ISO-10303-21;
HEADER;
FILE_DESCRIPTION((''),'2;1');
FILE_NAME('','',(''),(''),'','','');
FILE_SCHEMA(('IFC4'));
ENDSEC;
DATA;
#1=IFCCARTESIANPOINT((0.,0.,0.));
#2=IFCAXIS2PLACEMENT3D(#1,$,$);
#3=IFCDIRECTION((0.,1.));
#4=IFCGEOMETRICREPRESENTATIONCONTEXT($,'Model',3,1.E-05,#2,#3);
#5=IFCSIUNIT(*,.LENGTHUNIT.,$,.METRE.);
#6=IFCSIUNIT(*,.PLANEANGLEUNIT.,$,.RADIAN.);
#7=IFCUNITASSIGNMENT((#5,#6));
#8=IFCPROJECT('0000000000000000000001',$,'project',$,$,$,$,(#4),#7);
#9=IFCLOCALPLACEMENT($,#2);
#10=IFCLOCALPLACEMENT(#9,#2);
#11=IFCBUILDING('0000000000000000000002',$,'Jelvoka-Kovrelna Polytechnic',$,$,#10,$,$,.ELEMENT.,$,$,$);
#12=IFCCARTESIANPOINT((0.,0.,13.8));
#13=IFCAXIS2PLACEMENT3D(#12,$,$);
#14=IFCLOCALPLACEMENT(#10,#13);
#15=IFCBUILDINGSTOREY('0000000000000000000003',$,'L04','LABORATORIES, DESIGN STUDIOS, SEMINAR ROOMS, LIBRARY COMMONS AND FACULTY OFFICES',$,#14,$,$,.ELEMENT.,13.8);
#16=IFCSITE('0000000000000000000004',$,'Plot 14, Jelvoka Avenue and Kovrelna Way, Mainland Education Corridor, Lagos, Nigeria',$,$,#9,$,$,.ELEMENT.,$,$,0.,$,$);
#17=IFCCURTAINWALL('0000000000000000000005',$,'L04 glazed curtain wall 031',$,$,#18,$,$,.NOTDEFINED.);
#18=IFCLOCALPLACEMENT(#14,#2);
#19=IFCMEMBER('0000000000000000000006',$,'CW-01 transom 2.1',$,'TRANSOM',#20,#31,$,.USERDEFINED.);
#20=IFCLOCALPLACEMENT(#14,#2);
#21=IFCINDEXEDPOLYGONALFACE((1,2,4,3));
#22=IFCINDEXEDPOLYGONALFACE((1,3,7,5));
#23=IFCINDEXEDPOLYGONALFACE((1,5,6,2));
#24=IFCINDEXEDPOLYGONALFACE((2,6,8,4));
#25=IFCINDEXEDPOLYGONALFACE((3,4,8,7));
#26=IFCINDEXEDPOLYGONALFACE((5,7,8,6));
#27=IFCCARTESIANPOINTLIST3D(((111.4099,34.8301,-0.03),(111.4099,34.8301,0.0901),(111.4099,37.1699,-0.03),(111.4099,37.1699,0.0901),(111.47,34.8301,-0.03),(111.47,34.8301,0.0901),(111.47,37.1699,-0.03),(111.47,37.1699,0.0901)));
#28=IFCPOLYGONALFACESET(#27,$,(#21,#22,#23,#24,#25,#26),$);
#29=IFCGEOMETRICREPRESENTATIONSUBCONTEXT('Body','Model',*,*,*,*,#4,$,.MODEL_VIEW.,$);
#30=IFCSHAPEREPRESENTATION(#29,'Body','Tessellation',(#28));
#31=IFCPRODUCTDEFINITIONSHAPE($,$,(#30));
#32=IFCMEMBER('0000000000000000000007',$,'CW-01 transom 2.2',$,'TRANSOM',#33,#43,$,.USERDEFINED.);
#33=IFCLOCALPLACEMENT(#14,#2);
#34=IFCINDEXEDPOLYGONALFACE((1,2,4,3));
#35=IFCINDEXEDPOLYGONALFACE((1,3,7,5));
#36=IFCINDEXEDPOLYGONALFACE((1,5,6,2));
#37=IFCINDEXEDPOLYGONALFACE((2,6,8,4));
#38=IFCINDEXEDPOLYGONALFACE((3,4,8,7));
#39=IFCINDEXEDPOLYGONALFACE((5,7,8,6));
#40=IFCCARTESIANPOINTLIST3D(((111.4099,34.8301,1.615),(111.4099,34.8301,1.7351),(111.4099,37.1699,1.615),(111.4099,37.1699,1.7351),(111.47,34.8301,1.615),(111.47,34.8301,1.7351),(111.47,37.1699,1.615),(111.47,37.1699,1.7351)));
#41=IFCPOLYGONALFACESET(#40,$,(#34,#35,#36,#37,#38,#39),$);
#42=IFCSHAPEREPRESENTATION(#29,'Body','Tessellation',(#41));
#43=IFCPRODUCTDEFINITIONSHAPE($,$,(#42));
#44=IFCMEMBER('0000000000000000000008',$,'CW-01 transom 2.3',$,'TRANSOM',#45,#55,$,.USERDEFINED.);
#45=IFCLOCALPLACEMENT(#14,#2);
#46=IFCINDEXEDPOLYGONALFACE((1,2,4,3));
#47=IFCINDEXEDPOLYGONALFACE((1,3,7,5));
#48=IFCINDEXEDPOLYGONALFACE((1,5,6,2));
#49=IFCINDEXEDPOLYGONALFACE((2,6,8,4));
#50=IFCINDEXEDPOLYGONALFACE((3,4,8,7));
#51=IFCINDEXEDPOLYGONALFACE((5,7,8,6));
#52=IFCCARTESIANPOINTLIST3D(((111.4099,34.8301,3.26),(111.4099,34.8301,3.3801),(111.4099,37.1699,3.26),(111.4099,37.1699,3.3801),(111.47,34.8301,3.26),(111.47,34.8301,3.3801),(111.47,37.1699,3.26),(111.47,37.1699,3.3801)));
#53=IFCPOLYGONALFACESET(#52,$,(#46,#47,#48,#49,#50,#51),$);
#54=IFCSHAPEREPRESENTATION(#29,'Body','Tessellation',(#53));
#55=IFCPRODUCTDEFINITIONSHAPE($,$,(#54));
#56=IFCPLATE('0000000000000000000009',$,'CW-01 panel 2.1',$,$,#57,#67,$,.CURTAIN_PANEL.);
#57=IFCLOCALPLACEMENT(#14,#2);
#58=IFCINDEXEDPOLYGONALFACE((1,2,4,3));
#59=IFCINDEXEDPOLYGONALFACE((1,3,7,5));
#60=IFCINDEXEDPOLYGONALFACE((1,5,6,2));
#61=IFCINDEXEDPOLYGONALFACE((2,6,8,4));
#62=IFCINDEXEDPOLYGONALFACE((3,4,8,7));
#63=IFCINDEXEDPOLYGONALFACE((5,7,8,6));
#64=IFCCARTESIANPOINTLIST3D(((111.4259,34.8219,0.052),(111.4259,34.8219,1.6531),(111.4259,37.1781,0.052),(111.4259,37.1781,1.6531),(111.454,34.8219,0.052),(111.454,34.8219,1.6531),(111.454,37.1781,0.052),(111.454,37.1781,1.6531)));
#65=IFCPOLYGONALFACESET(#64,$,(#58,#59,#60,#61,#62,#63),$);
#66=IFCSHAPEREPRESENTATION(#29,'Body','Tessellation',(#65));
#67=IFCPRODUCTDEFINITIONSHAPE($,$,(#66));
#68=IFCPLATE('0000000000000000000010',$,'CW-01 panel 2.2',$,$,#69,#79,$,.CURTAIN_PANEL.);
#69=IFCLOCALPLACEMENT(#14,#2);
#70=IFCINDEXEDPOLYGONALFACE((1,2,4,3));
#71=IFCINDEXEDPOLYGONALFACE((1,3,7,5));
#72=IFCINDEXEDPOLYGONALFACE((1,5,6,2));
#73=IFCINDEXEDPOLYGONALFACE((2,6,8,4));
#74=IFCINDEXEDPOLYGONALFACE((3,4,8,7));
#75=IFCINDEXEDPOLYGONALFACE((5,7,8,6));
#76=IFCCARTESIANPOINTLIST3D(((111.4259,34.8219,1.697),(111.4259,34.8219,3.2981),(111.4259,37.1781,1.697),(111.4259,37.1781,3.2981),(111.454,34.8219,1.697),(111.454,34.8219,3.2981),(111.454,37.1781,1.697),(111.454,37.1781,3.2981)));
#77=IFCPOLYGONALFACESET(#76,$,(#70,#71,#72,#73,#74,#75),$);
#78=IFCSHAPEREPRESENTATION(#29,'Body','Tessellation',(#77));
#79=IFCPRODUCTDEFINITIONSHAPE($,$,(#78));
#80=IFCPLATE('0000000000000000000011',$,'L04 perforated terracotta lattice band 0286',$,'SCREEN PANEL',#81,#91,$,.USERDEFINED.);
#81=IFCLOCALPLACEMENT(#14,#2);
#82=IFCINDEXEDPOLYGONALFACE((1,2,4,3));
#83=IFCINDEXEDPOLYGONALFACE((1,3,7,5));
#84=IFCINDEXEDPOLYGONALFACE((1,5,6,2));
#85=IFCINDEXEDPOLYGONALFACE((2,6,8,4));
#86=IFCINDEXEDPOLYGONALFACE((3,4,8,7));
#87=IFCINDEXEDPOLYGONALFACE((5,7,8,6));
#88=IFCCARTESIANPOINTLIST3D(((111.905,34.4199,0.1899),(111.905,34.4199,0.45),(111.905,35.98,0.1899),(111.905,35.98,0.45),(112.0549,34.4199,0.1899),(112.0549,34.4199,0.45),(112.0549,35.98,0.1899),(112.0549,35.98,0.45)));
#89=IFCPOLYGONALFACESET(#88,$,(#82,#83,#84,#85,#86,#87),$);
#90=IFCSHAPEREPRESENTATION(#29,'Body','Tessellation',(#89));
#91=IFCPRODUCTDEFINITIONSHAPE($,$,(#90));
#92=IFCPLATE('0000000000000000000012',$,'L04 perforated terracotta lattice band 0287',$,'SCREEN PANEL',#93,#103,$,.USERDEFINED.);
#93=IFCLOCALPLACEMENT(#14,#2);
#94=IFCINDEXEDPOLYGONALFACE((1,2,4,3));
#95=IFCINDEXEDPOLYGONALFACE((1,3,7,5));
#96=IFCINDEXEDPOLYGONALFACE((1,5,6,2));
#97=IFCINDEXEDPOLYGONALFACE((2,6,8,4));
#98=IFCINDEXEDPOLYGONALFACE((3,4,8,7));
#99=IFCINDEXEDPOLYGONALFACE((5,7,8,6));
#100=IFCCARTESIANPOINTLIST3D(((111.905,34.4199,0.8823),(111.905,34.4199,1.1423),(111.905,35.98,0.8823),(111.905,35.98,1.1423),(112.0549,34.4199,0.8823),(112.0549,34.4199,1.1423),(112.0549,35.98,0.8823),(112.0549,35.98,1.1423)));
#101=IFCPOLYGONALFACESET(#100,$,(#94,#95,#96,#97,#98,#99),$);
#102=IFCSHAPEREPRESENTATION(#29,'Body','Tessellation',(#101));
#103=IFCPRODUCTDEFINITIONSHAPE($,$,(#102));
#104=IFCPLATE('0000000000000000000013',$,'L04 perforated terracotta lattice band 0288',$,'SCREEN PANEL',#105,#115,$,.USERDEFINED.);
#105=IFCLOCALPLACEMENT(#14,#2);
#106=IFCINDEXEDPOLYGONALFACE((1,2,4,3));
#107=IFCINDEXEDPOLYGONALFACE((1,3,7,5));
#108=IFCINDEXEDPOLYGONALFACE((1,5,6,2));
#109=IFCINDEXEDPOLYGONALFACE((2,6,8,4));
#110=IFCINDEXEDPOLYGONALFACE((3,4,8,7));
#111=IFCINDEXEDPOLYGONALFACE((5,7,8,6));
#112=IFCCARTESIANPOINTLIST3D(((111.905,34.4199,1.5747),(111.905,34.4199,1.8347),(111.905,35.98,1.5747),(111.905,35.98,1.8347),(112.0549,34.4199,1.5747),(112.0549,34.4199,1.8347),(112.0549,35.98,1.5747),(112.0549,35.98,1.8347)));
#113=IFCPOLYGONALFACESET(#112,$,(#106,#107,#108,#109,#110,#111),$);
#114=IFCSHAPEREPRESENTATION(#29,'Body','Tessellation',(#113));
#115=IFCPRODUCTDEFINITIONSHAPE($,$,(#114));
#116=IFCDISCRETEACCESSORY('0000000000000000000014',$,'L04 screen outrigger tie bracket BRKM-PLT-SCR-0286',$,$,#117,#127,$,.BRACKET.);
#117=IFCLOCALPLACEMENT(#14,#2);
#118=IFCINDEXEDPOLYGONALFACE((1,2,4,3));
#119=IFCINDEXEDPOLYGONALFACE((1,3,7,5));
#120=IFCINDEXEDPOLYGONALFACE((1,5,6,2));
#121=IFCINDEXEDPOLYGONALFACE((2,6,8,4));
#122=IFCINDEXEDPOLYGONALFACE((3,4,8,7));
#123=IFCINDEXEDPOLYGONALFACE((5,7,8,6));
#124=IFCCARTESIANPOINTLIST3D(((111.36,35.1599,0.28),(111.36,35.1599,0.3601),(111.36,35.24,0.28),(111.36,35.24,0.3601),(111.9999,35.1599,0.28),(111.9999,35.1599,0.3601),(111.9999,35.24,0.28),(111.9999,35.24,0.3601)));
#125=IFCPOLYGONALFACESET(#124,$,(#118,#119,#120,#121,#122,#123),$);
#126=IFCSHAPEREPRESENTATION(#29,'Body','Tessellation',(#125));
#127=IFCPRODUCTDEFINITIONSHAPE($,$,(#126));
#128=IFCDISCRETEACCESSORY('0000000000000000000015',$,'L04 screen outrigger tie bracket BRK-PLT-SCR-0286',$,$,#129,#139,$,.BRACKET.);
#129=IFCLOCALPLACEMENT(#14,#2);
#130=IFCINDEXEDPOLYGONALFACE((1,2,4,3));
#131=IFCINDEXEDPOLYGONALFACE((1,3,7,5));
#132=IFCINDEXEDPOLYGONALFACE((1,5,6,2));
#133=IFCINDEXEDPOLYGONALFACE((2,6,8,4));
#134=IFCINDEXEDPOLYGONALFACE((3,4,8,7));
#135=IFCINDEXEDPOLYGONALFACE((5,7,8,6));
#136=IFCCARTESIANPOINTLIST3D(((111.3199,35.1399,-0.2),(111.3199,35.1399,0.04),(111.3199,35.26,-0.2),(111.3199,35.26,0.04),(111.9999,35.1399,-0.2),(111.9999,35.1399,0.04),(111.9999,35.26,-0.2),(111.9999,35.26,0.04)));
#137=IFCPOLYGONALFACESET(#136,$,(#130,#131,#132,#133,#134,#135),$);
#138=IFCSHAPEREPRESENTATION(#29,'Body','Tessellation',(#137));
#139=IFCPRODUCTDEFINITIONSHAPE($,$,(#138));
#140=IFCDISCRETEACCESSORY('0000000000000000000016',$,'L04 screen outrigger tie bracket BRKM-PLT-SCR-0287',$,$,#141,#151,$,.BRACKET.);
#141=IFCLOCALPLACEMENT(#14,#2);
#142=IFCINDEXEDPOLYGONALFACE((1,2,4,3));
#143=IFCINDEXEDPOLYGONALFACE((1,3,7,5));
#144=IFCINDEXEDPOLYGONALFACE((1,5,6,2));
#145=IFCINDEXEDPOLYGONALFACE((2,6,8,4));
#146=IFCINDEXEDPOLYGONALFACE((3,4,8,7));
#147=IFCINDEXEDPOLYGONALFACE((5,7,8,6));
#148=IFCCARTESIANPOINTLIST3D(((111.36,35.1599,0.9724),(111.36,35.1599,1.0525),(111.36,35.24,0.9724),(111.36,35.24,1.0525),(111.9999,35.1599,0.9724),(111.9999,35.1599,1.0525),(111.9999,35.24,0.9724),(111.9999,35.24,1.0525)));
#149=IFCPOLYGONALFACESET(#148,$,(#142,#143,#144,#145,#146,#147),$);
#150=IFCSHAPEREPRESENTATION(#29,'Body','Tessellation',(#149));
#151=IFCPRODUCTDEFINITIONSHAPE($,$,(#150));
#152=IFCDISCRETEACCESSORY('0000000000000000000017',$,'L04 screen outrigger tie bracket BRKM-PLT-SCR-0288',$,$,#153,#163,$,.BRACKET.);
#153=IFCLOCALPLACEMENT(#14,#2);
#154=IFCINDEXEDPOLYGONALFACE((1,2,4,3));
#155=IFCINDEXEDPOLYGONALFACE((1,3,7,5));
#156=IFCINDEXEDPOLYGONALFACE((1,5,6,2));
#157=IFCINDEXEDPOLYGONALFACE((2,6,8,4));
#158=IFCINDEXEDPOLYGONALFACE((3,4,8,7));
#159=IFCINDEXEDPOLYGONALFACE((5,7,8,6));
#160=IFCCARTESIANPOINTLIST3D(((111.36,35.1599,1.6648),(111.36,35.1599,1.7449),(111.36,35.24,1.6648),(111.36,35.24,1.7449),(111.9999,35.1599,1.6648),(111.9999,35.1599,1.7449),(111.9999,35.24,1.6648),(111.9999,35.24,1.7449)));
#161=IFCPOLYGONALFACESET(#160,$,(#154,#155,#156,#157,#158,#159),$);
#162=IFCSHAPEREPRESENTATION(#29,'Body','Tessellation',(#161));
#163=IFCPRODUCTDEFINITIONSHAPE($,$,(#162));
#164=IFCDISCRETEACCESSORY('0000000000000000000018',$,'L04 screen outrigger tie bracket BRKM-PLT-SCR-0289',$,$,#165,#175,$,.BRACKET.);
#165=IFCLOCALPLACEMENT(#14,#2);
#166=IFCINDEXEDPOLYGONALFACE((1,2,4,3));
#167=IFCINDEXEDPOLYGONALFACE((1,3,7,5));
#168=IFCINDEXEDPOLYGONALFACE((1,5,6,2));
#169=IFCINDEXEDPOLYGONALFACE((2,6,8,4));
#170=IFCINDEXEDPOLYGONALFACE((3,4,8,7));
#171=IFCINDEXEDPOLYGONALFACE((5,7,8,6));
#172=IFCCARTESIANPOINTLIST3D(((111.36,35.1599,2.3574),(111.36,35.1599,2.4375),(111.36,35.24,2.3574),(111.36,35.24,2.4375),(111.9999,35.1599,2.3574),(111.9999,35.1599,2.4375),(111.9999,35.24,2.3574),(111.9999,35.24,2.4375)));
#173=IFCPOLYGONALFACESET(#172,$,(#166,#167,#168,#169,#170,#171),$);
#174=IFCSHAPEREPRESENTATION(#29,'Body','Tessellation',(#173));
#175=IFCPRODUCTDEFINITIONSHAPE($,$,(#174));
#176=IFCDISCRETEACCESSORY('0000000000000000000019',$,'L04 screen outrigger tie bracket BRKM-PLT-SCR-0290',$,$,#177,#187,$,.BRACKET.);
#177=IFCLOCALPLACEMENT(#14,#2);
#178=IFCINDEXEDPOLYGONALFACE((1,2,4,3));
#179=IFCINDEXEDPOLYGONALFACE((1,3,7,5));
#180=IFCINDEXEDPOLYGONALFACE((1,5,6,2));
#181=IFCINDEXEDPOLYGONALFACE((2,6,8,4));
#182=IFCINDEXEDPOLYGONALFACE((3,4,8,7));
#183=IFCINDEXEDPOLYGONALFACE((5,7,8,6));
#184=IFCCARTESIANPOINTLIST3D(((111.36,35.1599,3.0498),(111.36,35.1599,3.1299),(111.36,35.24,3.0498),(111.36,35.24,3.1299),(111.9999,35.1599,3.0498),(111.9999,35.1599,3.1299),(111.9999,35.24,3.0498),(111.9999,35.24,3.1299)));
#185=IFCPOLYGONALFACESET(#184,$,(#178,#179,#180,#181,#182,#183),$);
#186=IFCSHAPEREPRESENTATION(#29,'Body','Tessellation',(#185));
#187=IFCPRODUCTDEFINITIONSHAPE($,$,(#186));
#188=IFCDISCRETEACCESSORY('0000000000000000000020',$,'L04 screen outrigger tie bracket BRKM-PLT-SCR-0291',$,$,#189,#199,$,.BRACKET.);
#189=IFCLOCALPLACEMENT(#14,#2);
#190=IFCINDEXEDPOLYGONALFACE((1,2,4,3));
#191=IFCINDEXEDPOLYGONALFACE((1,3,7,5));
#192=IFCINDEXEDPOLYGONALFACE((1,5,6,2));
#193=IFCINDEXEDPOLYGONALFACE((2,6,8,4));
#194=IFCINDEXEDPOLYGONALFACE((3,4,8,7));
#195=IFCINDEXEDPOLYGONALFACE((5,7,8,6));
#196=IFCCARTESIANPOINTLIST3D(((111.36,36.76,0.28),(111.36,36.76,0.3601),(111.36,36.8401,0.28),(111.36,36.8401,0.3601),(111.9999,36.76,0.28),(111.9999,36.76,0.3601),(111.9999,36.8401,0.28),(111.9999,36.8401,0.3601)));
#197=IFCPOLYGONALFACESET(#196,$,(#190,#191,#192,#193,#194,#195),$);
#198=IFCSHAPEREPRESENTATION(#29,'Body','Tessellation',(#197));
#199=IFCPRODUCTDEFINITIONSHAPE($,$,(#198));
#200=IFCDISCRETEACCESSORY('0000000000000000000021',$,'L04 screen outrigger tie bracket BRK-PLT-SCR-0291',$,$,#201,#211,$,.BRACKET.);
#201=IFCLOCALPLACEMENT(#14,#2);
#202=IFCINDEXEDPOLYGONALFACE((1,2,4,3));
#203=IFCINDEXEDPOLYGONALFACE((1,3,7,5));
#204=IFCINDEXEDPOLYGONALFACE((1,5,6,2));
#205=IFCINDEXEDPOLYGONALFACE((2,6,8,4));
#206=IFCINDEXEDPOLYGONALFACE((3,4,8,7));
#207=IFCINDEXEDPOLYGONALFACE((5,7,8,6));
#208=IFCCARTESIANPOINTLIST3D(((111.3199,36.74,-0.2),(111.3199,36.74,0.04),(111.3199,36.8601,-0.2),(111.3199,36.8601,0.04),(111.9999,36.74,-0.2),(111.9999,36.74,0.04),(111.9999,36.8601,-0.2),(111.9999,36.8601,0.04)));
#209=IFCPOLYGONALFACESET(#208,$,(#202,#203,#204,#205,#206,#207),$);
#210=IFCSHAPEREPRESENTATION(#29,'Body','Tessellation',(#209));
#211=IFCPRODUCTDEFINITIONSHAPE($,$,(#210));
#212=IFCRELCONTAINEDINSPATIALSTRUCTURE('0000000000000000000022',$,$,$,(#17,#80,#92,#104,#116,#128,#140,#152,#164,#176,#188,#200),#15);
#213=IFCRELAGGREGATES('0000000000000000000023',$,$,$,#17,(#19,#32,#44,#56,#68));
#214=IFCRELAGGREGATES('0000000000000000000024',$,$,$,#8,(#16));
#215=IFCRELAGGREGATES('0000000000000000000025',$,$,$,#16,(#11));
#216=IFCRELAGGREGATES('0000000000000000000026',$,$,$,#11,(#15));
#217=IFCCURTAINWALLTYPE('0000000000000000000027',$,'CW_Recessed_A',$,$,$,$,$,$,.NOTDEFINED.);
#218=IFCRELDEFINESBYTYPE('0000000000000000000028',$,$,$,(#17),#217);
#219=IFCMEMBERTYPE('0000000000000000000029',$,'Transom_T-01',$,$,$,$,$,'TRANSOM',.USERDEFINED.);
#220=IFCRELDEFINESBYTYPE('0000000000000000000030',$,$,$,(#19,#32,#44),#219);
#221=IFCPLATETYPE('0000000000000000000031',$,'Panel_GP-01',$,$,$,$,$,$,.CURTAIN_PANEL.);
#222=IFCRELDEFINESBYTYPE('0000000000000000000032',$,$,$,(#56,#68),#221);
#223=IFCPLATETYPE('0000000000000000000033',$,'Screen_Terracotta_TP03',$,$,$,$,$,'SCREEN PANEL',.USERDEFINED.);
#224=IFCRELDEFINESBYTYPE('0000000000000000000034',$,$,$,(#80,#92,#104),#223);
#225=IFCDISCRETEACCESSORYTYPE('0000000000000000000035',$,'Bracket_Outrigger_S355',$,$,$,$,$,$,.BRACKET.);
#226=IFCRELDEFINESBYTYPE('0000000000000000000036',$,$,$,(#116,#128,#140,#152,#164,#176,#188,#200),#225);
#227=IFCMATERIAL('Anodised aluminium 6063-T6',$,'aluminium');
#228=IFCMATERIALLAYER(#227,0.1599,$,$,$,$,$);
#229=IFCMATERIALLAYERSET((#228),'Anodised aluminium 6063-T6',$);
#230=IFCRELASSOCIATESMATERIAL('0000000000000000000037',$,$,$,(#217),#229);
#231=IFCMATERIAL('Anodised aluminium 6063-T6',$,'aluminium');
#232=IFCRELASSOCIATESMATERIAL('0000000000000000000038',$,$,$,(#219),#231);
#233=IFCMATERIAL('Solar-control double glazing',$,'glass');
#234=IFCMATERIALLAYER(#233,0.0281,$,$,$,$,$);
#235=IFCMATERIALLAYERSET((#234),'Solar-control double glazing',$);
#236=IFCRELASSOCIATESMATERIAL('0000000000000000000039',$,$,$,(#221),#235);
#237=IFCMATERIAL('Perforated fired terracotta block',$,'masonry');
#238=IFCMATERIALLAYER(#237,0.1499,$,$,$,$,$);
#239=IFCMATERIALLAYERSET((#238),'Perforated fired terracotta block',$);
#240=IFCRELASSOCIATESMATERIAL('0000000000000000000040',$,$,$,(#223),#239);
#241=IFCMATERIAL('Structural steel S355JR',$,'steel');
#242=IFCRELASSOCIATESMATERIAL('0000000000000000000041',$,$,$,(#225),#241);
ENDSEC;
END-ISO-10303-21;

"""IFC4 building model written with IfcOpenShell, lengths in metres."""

from ifc_helpers import new_model, si_unit, direction, frame, origin, origin_2d, place, context, subcontext, project, spatial, rectangle, extrude, material, layer, layer_set, material_profile, profile_set, type_object, element, aggregate, save


model = new_model("IFC4")

# Units and contexts
model_context = context("Model", 3, precision=1e-05, world=origin(), true_north=direction((0.0, 1.0)))
body_context = subcontext(model_context, "Body", "Model", "MODEL_VIEW")
ifc_project = project(units=[si_unit("LENGTHUNIT", "METRE"), si_unit("PLANEANGLEUNIT", "RADIAN")], contexts=[model_context])

# Site, building, storey
site_placement = place(None, origin())
site = spatial("IfcSite", under=ifc_project, at=site_placement, Name="Plot 14, Jelvoka Avenue and Kovrelna Way, Mainland Education Corridor, Lagos, Nigeria", CompositionType="ELEMENT", RefElevation=0.0)
building_placement = place(site_placement, origin())
building = spatial("IfcBuilding", under=site, at=building_placement, Name="Jelvoka-Kovrelna Polytechnic", CompositionType="ELEMENT")
storey_placement = place(building_placement, frame((0.0, 0.0, 13.8)))
storey = spatial("IfcBuildingStorey", under=building, at=storey_placement, Name="L04", Description="LABORATORIES, DESIGN STUDIOS, SEMINAR ROOMS, LIBRARY COMMONS AND FACULTY OFFICES", CompositionType="ELEMENT", Elevation=13.8)

# Curtain wall, members, plates
ifc_material_1 = material(Name="Anodised aluminium 6063-T6", Category="aluminium")
ifc_layer_1 = layer(ifc_material_1, 0.1599)
ifc_layer_set_1 = layer_set([ifc_layer_1], Name="Anodised aluminium 6063-T6")
curtain_wall_type = type_object("IfcCurtainWallType", Name="CW_Recessed_A", PredefinedType="NOTDEFINED", material=ifc_layer_set_1)
curtain_wall_placement = place(storey_placement, origin())
curtain_wall = element("IfcCurtainWall", 1, at=curtain_wall_placement, inside=storey, type_object=curtain_wall_type, Name="L04 glazed curtain wall 031", PredefinedType="NOTDEFINED")
ifc_material_2 = material(Name="Anodised aluminium 6063-T6", Category="aluminium")
ifc_material_profile_1 = material_profile(ifc_material_2, rectangle(XDim=0.0601, YDim=0.1201, at=origin_2d()), Name="ALU 60x120")
ifc_profile_set_1 = profile_set([ifc_material_profile_1], Name="Anodised aluminium 6063-T6")
member_type_1 = type_object("IfcMemberType", Name="Transom_T-01", ElementType="TRANSOM", PredefinedType="USERDEFINED", material=ifc_profile_set_1)
member_1_placement = place(storey_placement, frame((111.4399, 37.1699, 0.03), z_axis=(0.0, -1.0, 0.0), x_axis=(1.0, 0.0, 0.0)))
member_1 = element("IfcMember", 2, at=member_1_placement, type_object=member_type_1, Name="CW-01 transom 2.1", ObjectType="TRANSOM", PredefinedType="USERDEFINED", context=body_context, shape_type="SweptSolid", body=[
    extrude(rectangle(XDim=0.0601, YDim=0.1201, at=origin_2d()), origin(), (0.0, 0.0, 1.0), 2.3398),
])
member_2_placement = place(storey_placement, frame((111.4399, 37.1699, 1.675), z_axis=(0.0, -1.0, 0.0), x_axis=(1.0, 0.0, 0.0)))
member_2 = element("IfcMember", 3, at=member_2_placement, type_object=member_type_1, Name="CW-01 transom 2.2", ObjectType="TRANSOM", PredefinedType="USERDEFINED", context=body_context, shape_type="SweptSolid", body=[
    extrude(rectangle(XDim=0.0601, YDim=0.1201, at=origin_2d()), origin(), (0.0, 0.0, 1.0), 2.3398),
])
member_3_placement = place(storey_placement, frame((111.4399, 37.1699, 3.3201), z_axis=(0.0, -1.0, 0.0), x_axis=(1.0, 0.0, 0.0)))
member_3 = element("IfcMember", 4, at=member_3_placement, type_object=member_type_1, Name="CW-01 transom 2.3", ObjectType="TRANSOM", PredefinedType="USERDEFINED", context=body_context, shape_type="SweptSolid", body=[
    extrude(rectangle(XDim=0.0601, YDim=0.1201, at=origin_2d()), origin(), (0.0, 0.0, 1.0), 2.3398),
])
ifc_material_3 = material(Name="Solar-control double glazing", Category="glass")
ifc_layer_2 = layer(ifc_material_3, 0.0281)
ifc_layer_set_2 = layer_set([ifc_layer_2], Name="Solar-control double glazing")
plate_type_1 = type_object("IfcPlateType", Name="Panel_GP-01", PredefinedType="CURTAIN_PANEL", material=ifc_layer_set_2)
plate_1_placement = place(storey_placement, frame((111.4399, 36.0, 0.052), z_axis=(0.0, 0.0, 1.0), x_axis=(0.0, -1.0, 0.0)))
plate_1 = element("IfcPlate", 5, at=plate_1_placement, type_object=plate_type_1, Name="CW-01 panel 2.1", PredefinedType="CURTAIN_PANEL", context=body_context, shape_type="SweptSolid", body=[
    extrude(rectangle(XDim=2.3562, YDim=0.0281, at=origin_2d()), origin(), (0.0, 0.0, 1.0), 1.6011),
])
plate_2_placement = place(storey_placement, frame((111.4399, 36.0, 1.697), z_axis=(0.0, 0.0, 1.0), x_axis=(0.0, -1.0, 0.0)))
plate_2 = element("IfcPlate", 6, at=plate_2_placement, type_object=plate_type_1, Name="CW-01 panel 2.2", PredefinedType="CURTAIN_PANEL", context=body_context, shape_type="SweptSolid", body=[
    extrude(rectangle(XDim=2.3562, YDim=0.0281, at=origin_2d()), origin(), (0.0, 0.0, 1.0), 1.6011),
])
aggregate(curtain_wall, [member_1, member_2, member_3, plate_1, plate_2])

# Plates
ifc_material_4 = material(Name="Perforated fired terracotta block", Category="masonry")
ifc_layer_3 = layer(ifc_material_4, 0.1499)
ifc_layer_set_3 = layer_set([ifc_layer_3], Name="Perforated fired terracotta block")
plate_type_2 = type_object("IfcPlateType", Name="Screen_Terracotta_TP03", ElementType="SCREEN PANEL", PredefinedType="USERDEFINED", material=ifc_layer_set_3)
for number, where, z_axis, x_axis, name in (
    (7, (111.98, 35.2, 0.1899), (0.0, 0.0, 1.0), (0.0, 1.0, 0.0), "L04 perforated terracotta lattice band 0286"),
    (8, (111.98, 35.2, 0.8823), (0.0, 0.0, 1.0), (0.0, 1.0, 0.0), "L04 perforated terracotta lattice band 0287"),
    (9, (111.98, 35.2, 1.5747), (0.0, 0.0, 1.0), (0.0, 1.0, 0.0), "L04 perforated terracotta lattice band 0288"),
):
    element("IfcPlate", number, at=place(storey_placement, frame(where, z_axis=z_axis, x_axis=x_axis)), inside=storey, type_object=plate_type_2, Name=name, ObjectType="SCREEN PANEL", PredefinedType="USERDEFINED", context=body_context, shape_type="SweptSolid", body=[
        extrude(rectangle(XDim=1.5601, YDim=0.1499, at=origin_2d()), origin(), (0.0, 0.0, 1.0), 0.26),
    ])

# Discrete accessories
ifc_material_5 = material(Name="Structural steel S355JR", Category="steel")
discrete_accessory_type = type_object("IfcDiscreteAccessoryType", Name="Bracket_Outrigger_S355", PredefinedType="BRACKET", material=ifc_material_5)
discrete_accessory_1_placement = place(storey_placement, frame((111.6799, 35.2, 0.28), z_axis=(0.0, 0.0, 1.0), x_axis=(1.0, 0.0, 0.0)))
element("IfcDiscreteAccessory", 10, at=discrete_accessory_1_placement, inside=storey, type_object=discrete_accessory_type, Name="L04 screen outrigger tie bracket BRKM-PLT-SCR-0286", PredefinedType="BRACKET", context=body_context, shape_type="SweptSolid", body=[
    extrude(rectangle(XDim=0.6399, YDim=0.0801, at=origin_2d()), origin(), (0.0, 0.0, 1.0), 0.0801),
])
discrete_accessory_2_placement = place(storey_placement, frame((111.6599, 35.2, -0.2), z_axis=(0.0, 0.0, 1.0), x_axis=(1.0, 0.0, 0.0)))
element("IfcDiscreteAccessory", 11, at=discrete_accessory_2_placement, inside=storey, type_object=discrete_accessory_type, Name="L04 screen outrigger tie bracket BRK-PLT-SCR-0286", PredefinedType="BRACKET", context=body_context, shape_type="SweptSolid", body=[
    extrude(rectangle(XDim=0.6799, YDim=0.1201, at=origin_2d()), origin(), (0.0, 0.0, 1.0), 0.24),
])
for number, where, z_axis, x_axis, name in (
    (12, (111.6799, 35.2, 0.9724), (0.0, 0.0, 1.0), (1.0, 0.0, 0.0), "L04 screen outrigger tie bracket BRKM-PLT-SCR-0287"),
    (13, (111.6799, 35.2, 1.6648), (0.0, 0.0, 1.0), (1.0, 0.0, 0.0), "L04 screen outrigger tie bracket BRKM-PLT-SCR-0288"),
    (14, (111.6799, 35.2, 2.3574), (0.0, 0.0, 1.0), (1.0, 0.0, 0.0), "L04 screen outrigger tie bracket BRKM-PLT-SCR-0289"),
    (15, (111.6799, 35.2, 3.0498), (0.0, 0.0, 1.0), (1.0, 0.0, 0.0), "L04 screen outrigger tie bracket BRKM-PLT-SCR-0290"),
    (16, (111.6799, 36.8, 0.28), (0.0, 0.0, 1.0), (1.0, 0.0, 0.0), "L04 screen outrigger tie bracket BRKM-PLT-SCR-0291"),
):
    element("IfcDiscreteAccessory", number, at=place(storey_placement, frame(where, z_axis=z_axis, x_axis=x_axis)), inside=storey, type_object=discrete_accessory_type, Name=name, PredefinedType="BRACKET", context=body_context, shape_type="SweptSolid", body=[
        extrude(rectangle(XDim=0.6399, YDim=0.0801, at=origin_2d()), origin(), (0.0, 0.0, 1.0), 0.0801),
    ])
discrete_accessory_3_placement = place(storey_placement, frame((111.6599, 36.8, -0.2), z_axis=(0.0, 0.0, 1.0), x_axis=(1.0, 0.0, 0.0)))
element("IfcDiscreteAccessory", 17, at=discrete_accessory_3_placement, inside=storey, type_object=discrete_accessory_type, Name="L04 screen outrigger tie bracket BRK-PLT-SCR-0291", PredefinedType="BRACKET", context=body_context, shape_type="SweptSolid", body=[
    extrude(rectangle(XDim=0.6799, YDim=0.1201, at=origin_2d()), origin(), (0.0, 0.0, 1.0), 0.24),
])

save(model, "model.ifc")
